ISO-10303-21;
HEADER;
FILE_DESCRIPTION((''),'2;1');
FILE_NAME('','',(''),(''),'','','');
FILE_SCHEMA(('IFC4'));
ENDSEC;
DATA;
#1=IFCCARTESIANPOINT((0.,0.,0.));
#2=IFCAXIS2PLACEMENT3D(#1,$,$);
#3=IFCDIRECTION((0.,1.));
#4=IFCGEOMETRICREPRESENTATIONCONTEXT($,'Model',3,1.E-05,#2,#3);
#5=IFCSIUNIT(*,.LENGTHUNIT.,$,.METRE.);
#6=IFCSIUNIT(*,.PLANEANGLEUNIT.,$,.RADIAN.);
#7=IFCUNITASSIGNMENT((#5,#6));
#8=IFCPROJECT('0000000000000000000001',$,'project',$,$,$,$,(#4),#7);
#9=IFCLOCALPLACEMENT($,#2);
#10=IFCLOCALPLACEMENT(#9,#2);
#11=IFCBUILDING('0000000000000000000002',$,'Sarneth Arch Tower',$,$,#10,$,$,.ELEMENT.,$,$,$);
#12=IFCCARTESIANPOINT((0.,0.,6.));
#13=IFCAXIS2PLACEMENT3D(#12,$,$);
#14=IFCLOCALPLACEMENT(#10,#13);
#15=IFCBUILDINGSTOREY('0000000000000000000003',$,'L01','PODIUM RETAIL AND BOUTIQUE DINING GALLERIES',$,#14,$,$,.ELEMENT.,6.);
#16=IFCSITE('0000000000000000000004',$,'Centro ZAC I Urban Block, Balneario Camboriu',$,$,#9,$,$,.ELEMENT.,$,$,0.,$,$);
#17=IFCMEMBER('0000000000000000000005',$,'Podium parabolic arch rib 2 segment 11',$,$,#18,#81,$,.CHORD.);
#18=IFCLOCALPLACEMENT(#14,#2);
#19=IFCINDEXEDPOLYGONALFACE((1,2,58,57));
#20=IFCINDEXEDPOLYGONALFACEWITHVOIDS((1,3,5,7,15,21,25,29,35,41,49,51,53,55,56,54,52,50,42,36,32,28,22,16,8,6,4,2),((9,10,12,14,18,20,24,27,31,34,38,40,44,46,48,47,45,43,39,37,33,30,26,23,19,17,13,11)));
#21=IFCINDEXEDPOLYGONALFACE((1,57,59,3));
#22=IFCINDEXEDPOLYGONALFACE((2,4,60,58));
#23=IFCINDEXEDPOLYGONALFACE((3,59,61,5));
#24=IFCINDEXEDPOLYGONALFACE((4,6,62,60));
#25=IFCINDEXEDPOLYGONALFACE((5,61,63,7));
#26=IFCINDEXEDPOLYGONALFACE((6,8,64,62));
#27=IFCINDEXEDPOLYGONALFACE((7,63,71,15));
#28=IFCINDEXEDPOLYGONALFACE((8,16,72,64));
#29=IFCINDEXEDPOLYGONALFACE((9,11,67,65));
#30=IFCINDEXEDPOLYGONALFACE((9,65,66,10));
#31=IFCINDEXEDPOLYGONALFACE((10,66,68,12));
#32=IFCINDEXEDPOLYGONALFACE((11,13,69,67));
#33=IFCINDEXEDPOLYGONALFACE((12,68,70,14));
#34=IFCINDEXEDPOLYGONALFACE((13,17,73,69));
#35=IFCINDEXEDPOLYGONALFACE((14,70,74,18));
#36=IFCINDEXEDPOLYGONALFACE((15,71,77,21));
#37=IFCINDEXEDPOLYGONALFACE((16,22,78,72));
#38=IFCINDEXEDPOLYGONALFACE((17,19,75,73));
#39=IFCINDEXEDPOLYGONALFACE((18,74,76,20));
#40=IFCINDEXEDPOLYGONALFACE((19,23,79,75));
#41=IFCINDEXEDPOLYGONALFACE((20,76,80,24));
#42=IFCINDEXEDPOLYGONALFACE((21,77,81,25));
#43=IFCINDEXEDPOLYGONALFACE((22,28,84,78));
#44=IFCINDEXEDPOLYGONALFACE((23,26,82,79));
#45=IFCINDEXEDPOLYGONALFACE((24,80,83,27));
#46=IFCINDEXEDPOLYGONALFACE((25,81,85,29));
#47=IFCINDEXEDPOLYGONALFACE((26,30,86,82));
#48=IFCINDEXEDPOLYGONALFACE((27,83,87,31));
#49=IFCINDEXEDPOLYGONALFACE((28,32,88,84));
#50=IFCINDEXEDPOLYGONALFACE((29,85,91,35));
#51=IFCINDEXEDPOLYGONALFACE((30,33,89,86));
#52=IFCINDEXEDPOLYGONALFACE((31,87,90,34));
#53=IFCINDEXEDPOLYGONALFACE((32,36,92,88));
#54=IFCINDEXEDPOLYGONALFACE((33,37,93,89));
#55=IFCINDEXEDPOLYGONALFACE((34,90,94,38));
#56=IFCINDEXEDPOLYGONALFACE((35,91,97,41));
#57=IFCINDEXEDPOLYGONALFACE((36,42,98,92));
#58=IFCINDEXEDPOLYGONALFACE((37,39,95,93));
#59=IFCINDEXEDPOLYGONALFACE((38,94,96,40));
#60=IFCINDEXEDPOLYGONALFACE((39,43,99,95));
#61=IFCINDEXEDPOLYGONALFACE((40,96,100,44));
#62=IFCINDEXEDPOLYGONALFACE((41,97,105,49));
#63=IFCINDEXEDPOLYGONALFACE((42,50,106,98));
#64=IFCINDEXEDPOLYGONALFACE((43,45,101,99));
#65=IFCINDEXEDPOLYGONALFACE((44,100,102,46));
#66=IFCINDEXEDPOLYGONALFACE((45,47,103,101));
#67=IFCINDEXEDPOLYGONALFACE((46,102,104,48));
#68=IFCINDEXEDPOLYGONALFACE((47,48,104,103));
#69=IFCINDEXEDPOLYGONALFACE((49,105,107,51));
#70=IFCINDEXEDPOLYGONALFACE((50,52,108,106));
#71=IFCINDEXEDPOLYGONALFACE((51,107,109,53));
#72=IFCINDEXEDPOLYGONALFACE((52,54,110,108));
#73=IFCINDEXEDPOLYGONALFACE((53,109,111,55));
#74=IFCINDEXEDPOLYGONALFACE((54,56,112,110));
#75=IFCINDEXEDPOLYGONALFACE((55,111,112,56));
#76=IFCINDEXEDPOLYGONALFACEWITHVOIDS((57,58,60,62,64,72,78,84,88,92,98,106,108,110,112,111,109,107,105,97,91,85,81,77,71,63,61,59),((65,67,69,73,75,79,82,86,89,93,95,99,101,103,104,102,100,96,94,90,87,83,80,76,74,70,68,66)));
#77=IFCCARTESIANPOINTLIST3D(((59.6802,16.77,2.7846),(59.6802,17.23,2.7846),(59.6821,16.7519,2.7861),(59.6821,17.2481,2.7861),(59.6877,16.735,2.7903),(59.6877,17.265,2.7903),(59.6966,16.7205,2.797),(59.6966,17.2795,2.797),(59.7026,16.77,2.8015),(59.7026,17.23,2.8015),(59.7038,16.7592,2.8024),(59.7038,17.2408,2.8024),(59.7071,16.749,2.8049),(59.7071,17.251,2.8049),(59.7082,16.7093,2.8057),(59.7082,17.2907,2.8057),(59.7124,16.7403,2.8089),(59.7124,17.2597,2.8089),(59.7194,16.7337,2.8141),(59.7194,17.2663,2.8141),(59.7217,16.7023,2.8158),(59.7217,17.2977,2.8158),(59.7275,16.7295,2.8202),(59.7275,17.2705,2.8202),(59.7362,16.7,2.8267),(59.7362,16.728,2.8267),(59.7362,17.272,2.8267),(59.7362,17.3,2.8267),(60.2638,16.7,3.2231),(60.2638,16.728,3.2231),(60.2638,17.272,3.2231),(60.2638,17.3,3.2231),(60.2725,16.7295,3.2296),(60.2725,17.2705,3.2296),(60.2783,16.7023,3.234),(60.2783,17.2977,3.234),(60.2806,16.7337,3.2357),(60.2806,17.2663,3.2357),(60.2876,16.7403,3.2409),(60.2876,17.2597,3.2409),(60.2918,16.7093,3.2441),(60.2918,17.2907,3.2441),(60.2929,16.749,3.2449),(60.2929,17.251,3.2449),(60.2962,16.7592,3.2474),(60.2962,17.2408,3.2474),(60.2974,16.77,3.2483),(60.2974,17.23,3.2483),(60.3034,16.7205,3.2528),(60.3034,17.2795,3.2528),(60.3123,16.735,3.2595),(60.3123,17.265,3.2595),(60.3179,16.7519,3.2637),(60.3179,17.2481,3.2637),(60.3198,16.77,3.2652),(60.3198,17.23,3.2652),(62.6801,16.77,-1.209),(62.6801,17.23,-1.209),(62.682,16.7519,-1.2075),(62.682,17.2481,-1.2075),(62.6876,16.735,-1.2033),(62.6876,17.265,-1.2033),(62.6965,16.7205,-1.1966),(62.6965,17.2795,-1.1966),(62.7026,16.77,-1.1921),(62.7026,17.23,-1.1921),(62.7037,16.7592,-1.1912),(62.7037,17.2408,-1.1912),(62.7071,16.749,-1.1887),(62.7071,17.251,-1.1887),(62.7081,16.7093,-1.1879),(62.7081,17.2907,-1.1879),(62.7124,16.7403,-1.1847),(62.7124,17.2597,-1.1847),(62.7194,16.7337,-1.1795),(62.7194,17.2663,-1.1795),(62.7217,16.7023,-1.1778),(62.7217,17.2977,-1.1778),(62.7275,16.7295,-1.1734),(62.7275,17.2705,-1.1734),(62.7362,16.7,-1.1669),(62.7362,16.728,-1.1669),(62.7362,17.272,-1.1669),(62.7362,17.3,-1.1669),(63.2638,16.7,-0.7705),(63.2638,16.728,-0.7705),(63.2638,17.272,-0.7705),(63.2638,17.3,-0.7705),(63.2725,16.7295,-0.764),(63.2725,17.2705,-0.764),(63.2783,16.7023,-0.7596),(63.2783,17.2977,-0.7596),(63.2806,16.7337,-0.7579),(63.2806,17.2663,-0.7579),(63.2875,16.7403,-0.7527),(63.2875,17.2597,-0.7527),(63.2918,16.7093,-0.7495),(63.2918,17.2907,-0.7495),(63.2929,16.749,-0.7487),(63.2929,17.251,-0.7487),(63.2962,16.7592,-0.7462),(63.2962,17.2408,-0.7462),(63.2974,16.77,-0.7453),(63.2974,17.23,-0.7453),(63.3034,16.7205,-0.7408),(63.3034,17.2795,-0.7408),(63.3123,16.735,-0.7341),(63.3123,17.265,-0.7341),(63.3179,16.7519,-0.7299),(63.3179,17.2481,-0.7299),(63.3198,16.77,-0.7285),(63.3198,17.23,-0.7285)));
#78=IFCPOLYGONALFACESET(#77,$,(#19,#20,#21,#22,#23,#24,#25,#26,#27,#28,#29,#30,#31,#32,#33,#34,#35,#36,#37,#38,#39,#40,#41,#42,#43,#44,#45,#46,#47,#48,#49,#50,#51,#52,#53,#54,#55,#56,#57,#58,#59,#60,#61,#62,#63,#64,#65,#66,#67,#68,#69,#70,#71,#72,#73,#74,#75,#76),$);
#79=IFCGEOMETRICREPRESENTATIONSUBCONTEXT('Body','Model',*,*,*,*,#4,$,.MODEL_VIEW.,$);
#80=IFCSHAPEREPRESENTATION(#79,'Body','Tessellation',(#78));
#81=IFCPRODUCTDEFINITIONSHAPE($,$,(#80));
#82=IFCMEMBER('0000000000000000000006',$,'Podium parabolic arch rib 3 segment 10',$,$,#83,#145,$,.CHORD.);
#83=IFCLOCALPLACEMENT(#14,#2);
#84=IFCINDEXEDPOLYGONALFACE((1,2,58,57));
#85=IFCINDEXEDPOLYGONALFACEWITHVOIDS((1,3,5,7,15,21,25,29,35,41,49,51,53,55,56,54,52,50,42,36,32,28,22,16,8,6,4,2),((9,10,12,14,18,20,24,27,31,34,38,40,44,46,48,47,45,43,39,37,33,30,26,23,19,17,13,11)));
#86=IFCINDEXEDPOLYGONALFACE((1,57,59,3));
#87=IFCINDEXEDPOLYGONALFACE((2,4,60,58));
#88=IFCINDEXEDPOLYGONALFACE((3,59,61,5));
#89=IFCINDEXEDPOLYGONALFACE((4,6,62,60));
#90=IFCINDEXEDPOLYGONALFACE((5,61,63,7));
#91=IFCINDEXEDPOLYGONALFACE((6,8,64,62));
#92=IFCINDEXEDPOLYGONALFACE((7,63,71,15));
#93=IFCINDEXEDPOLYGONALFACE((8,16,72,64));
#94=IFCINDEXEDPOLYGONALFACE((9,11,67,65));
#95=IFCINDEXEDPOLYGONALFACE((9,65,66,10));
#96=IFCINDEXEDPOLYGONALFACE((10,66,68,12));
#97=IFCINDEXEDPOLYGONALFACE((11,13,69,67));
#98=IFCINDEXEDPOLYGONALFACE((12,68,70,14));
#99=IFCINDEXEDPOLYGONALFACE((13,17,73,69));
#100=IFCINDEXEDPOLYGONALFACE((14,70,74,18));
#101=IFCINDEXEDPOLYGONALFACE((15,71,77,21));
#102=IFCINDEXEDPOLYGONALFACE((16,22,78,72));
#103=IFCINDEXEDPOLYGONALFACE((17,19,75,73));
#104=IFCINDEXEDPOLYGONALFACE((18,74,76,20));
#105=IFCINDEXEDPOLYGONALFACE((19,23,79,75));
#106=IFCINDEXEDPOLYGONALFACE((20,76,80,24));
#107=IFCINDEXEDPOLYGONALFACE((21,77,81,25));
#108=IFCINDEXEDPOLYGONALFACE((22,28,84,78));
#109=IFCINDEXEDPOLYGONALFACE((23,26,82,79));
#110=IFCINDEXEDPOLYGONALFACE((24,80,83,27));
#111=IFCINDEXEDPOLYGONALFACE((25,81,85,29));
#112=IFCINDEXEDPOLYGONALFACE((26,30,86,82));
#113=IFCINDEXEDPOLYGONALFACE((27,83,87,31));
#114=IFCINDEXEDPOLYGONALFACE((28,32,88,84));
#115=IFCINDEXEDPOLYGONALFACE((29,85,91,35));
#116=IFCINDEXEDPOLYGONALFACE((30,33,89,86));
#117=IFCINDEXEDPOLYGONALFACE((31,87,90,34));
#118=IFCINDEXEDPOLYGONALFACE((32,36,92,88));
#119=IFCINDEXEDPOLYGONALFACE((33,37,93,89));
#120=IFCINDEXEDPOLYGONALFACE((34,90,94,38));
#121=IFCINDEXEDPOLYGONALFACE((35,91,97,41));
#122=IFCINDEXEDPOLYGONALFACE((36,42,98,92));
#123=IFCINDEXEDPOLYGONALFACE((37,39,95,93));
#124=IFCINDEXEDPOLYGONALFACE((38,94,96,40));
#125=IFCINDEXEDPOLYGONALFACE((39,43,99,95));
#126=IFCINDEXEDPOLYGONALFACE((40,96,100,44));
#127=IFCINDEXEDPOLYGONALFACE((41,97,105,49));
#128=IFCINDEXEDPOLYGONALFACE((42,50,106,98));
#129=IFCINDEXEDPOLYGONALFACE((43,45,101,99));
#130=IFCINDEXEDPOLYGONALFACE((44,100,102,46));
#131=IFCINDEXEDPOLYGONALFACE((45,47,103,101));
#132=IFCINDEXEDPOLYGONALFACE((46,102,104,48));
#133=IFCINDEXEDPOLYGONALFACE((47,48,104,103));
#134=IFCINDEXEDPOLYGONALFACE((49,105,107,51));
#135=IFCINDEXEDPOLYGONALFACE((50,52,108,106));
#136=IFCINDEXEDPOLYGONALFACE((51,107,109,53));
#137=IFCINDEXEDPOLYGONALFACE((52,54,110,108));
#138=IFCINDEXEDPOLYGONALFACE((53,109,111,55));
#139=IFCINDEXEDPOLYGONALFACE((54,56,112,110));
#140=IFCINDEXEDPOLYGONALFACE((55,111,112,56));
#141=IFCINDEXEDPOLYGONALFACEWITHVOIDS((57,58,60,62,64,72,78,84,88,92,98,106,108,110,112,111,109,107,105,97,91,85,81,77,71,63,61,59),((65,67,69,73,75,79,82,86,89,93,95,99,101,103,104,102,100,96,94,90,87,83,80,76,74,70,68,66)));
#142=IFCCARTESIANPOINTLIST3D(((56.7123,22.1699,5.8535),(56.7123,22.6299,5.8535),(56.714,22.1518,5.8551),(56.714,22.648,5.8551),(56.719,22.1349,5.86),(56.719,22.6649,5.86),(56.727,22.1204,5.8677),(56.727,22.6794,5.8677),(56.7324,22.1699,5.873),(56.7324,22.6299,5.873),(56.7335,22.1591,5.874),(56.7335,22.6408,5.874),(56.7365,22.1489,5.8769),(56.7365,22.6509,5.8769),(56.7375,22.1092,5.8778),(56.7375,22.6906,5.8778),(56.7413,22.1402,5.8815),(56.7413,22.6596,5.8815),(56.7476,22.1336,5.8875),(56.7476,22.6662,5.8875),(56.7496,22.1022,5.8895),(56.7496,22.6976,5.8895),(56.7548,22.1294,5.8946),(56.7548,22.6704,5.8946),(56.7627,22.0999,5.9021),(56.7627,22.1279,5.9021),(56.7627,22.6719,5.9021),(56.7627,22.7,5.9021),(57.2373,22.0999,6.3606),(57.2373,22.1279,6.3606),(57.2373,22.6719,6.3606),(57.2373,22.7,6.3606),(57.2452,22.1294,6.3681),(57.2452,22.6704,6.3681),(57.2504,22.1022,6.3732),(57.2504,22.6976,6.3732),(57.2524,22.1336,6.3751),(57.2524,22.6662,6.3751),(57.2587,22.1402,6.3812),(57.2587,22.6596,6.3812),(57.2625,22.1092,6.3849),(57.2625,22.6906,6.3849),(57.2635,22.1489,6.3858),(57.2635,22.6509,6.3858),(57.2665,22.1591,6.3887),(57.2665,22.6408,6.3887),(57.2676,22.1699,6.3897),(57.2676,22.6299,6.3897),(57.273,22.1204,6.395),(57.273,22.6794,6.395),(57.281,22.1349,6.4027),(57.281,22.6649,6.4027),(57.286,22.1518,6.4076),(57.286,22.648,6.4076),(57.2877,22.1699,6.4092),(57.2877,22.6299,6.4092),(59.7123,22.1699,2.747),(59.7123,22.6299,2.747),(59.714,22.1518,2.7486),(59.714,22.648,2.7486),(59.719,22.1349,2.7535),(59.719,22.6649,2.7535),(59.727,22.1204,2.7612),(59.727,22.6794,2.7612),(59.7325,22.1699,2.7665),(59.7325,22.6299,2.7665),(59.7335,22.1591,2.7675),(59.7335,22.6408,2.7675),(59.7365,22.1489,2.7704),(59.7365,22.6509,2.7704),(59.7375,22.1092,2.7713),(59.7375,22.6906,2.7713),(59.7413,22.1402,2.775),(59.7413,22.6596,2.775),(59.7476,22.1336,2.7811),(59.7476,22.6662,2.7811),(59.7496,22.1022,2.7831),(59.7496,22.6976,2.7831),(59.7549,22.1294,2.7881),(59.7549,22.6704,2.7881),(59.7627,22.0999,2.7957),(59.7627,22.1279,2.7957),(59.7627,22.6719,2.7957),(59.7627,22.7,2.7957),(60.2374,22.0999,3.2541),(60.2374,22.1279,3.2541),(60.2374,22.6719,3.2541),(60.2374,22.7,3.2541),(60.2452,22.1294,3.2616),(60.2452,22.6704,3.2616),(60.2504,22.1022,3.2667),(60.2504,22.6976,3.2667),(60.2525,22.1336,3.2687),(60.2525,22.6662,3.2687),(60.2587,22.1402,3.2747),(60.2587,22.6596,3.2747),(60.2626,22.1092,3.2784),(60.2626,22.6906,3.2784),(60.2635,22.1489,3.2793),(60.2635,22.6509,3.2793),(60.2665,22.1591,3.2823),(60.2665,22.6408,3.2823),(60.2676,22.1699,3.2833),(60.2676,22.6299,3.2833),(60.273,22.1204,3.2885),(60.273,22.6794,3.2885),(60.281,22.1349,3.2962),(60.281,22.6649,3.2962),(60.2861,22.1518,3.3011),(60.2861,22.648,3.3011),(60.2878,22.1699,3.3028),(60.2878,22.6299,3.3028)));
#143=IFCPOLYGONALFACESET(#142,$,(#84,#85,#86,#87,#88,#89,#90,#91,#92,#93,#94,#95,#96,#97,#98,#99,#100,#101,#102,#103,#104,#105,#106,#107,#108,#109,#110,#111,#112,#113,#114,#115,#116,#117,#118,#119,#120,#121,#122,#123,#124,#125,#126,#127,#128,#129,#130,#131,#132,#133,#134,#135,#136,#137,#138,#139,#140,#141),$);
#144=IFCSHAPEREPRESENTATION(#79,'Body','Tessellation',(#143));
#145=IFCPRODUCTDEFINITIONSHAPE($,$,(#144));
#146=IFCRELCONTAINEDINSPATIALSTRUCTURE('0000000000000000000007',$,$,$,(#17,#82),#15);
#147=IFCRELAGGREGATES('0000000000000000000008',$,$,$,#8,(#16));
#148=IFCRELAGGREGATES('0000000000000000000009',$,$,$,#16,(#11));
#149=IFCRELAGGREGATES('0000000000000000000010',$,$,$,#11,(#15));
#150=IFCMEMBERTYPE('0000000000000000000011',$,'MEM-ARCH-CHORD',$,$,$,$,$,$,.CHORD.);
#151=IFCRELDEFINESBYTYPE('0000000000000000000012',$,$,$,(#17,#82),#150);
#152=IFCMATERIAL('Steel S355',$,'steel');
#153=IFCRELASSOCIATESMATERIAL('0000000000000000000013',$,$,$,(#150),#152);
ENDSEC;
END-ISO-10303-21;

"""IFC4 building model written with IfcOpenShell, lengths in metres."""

from ifc_helpers import new_model, si_unit, direction, frame, origin, origin_2d, place, context, subcontext, project, spatial, hollow_rectangle, extrude, material, material_profile, profile_set, type_object, element, save


model = new_model("IFC4")

# Units and contexts
model_context = context("Model", 3, precision=1e-05, world=origin(), true_north=direction((0.0, 1.0)))
body_context = subcontext(model_context, "Body", "Model", "MODEL_VIEW")
ifc_project = project(units=[si_unit("LENGTHUNIT", "METRE"), si_unit("PLANEANGLEUNIT", "RADIAN")], contexts=[model_context])

# Site, building, storey
site_placement = place(None, origin())
site = spatial("IfcSite", under=ifc_project, at=site_placement, Name="Centro ZAC I Urban Block, Balneario Camboriu", CompositionType="ELEMENT", RefElevation=0.0)
building_placement = place(site_placement, origin())
building = spatial("IfcBuilding", under=site, at=building_placement, Name="Sarneth Arch Tower", CompositionType="ELEMENT")
storey_placement = place(building_placement, frame((0.0, 0.0, 6.0)))
storey = spatial("IfcBuildingStorey", under=building, at=storey_placement, Name="L01", Description="PODIUM RETAIL AND BOUTIQUE DINING GALLERIES", CompositionType="ELEMENT", Elevation=6.0)

# Members
ifc_material_1 = material(Name="Steel S355", Category="steel")
ifc_material_profile_1 = material_profile(ifc_material_1, hollow_rectangle(XDim=0.6001, YDim=0.8, WallThickness=0.0281, InnerFilletRadius=0.042, OuterFilletRadius=0.0701, at=origin_2d()), Name="RHS800x600x28")
ifc_profile_set_1 = profile_set([ifc_material_profile_1], Name="Steel S355")
member_type_1 = type_object("IfcMemberType", Name="MEM-ARCH-CHORD", PredefinedType="CHORD", material=ifc_profile_set_1)
member_1_placement = place(storey_placement, frame((60.0, 17.0, 3.0249), z_axis=(0.60061, 0.0, -0.799542), x_axis=(0.0, 1.0, 0.0)))
element("IfcMember", 1, at=member_1_placement, inside=storey, type_object=member_type_1, Name="Podium parabolic arch rib 2 segment 11", PredefinedType="CHORD", context=body_context, shape_type="SweptSolid", body=[
    extrude(hollow_rectangle(XDim=0.6001, YDim=0.8, WallThickness=0.0281, InnerFilletRadius=0.042, OuterFilletRadius=0.0701, at=origin_2d()), origin(), (0.0, 0.0, 1.0), 4.9949),
])
member_2_placement = place(storey_placement, frame((57.0, 22.3999, 6.1313), z_axis=(0.694675, 0.0, -0.719324), x_axis=(0.0, 1.0, 0.0)))
element("IfcMember", 2, at=member_2_placement, inside=storey, type_object=member_type_1, Name="Podium parabolic arch rib 3 segment 10", PredefinedType="CHORD", context=body_context, shape_type="SweptSolid", body=[
    extrude(hollow_rectangle(XDim=0.6001, YDim=0.8, WallThickness=0.0281, InnerFilletRadius=0.042, OuterFilletRadius=0.0701, at=origin_2d()), origin(), (0.0, 0.0, 1.0), 4.3186),
])

save(model, "model.ifc")
